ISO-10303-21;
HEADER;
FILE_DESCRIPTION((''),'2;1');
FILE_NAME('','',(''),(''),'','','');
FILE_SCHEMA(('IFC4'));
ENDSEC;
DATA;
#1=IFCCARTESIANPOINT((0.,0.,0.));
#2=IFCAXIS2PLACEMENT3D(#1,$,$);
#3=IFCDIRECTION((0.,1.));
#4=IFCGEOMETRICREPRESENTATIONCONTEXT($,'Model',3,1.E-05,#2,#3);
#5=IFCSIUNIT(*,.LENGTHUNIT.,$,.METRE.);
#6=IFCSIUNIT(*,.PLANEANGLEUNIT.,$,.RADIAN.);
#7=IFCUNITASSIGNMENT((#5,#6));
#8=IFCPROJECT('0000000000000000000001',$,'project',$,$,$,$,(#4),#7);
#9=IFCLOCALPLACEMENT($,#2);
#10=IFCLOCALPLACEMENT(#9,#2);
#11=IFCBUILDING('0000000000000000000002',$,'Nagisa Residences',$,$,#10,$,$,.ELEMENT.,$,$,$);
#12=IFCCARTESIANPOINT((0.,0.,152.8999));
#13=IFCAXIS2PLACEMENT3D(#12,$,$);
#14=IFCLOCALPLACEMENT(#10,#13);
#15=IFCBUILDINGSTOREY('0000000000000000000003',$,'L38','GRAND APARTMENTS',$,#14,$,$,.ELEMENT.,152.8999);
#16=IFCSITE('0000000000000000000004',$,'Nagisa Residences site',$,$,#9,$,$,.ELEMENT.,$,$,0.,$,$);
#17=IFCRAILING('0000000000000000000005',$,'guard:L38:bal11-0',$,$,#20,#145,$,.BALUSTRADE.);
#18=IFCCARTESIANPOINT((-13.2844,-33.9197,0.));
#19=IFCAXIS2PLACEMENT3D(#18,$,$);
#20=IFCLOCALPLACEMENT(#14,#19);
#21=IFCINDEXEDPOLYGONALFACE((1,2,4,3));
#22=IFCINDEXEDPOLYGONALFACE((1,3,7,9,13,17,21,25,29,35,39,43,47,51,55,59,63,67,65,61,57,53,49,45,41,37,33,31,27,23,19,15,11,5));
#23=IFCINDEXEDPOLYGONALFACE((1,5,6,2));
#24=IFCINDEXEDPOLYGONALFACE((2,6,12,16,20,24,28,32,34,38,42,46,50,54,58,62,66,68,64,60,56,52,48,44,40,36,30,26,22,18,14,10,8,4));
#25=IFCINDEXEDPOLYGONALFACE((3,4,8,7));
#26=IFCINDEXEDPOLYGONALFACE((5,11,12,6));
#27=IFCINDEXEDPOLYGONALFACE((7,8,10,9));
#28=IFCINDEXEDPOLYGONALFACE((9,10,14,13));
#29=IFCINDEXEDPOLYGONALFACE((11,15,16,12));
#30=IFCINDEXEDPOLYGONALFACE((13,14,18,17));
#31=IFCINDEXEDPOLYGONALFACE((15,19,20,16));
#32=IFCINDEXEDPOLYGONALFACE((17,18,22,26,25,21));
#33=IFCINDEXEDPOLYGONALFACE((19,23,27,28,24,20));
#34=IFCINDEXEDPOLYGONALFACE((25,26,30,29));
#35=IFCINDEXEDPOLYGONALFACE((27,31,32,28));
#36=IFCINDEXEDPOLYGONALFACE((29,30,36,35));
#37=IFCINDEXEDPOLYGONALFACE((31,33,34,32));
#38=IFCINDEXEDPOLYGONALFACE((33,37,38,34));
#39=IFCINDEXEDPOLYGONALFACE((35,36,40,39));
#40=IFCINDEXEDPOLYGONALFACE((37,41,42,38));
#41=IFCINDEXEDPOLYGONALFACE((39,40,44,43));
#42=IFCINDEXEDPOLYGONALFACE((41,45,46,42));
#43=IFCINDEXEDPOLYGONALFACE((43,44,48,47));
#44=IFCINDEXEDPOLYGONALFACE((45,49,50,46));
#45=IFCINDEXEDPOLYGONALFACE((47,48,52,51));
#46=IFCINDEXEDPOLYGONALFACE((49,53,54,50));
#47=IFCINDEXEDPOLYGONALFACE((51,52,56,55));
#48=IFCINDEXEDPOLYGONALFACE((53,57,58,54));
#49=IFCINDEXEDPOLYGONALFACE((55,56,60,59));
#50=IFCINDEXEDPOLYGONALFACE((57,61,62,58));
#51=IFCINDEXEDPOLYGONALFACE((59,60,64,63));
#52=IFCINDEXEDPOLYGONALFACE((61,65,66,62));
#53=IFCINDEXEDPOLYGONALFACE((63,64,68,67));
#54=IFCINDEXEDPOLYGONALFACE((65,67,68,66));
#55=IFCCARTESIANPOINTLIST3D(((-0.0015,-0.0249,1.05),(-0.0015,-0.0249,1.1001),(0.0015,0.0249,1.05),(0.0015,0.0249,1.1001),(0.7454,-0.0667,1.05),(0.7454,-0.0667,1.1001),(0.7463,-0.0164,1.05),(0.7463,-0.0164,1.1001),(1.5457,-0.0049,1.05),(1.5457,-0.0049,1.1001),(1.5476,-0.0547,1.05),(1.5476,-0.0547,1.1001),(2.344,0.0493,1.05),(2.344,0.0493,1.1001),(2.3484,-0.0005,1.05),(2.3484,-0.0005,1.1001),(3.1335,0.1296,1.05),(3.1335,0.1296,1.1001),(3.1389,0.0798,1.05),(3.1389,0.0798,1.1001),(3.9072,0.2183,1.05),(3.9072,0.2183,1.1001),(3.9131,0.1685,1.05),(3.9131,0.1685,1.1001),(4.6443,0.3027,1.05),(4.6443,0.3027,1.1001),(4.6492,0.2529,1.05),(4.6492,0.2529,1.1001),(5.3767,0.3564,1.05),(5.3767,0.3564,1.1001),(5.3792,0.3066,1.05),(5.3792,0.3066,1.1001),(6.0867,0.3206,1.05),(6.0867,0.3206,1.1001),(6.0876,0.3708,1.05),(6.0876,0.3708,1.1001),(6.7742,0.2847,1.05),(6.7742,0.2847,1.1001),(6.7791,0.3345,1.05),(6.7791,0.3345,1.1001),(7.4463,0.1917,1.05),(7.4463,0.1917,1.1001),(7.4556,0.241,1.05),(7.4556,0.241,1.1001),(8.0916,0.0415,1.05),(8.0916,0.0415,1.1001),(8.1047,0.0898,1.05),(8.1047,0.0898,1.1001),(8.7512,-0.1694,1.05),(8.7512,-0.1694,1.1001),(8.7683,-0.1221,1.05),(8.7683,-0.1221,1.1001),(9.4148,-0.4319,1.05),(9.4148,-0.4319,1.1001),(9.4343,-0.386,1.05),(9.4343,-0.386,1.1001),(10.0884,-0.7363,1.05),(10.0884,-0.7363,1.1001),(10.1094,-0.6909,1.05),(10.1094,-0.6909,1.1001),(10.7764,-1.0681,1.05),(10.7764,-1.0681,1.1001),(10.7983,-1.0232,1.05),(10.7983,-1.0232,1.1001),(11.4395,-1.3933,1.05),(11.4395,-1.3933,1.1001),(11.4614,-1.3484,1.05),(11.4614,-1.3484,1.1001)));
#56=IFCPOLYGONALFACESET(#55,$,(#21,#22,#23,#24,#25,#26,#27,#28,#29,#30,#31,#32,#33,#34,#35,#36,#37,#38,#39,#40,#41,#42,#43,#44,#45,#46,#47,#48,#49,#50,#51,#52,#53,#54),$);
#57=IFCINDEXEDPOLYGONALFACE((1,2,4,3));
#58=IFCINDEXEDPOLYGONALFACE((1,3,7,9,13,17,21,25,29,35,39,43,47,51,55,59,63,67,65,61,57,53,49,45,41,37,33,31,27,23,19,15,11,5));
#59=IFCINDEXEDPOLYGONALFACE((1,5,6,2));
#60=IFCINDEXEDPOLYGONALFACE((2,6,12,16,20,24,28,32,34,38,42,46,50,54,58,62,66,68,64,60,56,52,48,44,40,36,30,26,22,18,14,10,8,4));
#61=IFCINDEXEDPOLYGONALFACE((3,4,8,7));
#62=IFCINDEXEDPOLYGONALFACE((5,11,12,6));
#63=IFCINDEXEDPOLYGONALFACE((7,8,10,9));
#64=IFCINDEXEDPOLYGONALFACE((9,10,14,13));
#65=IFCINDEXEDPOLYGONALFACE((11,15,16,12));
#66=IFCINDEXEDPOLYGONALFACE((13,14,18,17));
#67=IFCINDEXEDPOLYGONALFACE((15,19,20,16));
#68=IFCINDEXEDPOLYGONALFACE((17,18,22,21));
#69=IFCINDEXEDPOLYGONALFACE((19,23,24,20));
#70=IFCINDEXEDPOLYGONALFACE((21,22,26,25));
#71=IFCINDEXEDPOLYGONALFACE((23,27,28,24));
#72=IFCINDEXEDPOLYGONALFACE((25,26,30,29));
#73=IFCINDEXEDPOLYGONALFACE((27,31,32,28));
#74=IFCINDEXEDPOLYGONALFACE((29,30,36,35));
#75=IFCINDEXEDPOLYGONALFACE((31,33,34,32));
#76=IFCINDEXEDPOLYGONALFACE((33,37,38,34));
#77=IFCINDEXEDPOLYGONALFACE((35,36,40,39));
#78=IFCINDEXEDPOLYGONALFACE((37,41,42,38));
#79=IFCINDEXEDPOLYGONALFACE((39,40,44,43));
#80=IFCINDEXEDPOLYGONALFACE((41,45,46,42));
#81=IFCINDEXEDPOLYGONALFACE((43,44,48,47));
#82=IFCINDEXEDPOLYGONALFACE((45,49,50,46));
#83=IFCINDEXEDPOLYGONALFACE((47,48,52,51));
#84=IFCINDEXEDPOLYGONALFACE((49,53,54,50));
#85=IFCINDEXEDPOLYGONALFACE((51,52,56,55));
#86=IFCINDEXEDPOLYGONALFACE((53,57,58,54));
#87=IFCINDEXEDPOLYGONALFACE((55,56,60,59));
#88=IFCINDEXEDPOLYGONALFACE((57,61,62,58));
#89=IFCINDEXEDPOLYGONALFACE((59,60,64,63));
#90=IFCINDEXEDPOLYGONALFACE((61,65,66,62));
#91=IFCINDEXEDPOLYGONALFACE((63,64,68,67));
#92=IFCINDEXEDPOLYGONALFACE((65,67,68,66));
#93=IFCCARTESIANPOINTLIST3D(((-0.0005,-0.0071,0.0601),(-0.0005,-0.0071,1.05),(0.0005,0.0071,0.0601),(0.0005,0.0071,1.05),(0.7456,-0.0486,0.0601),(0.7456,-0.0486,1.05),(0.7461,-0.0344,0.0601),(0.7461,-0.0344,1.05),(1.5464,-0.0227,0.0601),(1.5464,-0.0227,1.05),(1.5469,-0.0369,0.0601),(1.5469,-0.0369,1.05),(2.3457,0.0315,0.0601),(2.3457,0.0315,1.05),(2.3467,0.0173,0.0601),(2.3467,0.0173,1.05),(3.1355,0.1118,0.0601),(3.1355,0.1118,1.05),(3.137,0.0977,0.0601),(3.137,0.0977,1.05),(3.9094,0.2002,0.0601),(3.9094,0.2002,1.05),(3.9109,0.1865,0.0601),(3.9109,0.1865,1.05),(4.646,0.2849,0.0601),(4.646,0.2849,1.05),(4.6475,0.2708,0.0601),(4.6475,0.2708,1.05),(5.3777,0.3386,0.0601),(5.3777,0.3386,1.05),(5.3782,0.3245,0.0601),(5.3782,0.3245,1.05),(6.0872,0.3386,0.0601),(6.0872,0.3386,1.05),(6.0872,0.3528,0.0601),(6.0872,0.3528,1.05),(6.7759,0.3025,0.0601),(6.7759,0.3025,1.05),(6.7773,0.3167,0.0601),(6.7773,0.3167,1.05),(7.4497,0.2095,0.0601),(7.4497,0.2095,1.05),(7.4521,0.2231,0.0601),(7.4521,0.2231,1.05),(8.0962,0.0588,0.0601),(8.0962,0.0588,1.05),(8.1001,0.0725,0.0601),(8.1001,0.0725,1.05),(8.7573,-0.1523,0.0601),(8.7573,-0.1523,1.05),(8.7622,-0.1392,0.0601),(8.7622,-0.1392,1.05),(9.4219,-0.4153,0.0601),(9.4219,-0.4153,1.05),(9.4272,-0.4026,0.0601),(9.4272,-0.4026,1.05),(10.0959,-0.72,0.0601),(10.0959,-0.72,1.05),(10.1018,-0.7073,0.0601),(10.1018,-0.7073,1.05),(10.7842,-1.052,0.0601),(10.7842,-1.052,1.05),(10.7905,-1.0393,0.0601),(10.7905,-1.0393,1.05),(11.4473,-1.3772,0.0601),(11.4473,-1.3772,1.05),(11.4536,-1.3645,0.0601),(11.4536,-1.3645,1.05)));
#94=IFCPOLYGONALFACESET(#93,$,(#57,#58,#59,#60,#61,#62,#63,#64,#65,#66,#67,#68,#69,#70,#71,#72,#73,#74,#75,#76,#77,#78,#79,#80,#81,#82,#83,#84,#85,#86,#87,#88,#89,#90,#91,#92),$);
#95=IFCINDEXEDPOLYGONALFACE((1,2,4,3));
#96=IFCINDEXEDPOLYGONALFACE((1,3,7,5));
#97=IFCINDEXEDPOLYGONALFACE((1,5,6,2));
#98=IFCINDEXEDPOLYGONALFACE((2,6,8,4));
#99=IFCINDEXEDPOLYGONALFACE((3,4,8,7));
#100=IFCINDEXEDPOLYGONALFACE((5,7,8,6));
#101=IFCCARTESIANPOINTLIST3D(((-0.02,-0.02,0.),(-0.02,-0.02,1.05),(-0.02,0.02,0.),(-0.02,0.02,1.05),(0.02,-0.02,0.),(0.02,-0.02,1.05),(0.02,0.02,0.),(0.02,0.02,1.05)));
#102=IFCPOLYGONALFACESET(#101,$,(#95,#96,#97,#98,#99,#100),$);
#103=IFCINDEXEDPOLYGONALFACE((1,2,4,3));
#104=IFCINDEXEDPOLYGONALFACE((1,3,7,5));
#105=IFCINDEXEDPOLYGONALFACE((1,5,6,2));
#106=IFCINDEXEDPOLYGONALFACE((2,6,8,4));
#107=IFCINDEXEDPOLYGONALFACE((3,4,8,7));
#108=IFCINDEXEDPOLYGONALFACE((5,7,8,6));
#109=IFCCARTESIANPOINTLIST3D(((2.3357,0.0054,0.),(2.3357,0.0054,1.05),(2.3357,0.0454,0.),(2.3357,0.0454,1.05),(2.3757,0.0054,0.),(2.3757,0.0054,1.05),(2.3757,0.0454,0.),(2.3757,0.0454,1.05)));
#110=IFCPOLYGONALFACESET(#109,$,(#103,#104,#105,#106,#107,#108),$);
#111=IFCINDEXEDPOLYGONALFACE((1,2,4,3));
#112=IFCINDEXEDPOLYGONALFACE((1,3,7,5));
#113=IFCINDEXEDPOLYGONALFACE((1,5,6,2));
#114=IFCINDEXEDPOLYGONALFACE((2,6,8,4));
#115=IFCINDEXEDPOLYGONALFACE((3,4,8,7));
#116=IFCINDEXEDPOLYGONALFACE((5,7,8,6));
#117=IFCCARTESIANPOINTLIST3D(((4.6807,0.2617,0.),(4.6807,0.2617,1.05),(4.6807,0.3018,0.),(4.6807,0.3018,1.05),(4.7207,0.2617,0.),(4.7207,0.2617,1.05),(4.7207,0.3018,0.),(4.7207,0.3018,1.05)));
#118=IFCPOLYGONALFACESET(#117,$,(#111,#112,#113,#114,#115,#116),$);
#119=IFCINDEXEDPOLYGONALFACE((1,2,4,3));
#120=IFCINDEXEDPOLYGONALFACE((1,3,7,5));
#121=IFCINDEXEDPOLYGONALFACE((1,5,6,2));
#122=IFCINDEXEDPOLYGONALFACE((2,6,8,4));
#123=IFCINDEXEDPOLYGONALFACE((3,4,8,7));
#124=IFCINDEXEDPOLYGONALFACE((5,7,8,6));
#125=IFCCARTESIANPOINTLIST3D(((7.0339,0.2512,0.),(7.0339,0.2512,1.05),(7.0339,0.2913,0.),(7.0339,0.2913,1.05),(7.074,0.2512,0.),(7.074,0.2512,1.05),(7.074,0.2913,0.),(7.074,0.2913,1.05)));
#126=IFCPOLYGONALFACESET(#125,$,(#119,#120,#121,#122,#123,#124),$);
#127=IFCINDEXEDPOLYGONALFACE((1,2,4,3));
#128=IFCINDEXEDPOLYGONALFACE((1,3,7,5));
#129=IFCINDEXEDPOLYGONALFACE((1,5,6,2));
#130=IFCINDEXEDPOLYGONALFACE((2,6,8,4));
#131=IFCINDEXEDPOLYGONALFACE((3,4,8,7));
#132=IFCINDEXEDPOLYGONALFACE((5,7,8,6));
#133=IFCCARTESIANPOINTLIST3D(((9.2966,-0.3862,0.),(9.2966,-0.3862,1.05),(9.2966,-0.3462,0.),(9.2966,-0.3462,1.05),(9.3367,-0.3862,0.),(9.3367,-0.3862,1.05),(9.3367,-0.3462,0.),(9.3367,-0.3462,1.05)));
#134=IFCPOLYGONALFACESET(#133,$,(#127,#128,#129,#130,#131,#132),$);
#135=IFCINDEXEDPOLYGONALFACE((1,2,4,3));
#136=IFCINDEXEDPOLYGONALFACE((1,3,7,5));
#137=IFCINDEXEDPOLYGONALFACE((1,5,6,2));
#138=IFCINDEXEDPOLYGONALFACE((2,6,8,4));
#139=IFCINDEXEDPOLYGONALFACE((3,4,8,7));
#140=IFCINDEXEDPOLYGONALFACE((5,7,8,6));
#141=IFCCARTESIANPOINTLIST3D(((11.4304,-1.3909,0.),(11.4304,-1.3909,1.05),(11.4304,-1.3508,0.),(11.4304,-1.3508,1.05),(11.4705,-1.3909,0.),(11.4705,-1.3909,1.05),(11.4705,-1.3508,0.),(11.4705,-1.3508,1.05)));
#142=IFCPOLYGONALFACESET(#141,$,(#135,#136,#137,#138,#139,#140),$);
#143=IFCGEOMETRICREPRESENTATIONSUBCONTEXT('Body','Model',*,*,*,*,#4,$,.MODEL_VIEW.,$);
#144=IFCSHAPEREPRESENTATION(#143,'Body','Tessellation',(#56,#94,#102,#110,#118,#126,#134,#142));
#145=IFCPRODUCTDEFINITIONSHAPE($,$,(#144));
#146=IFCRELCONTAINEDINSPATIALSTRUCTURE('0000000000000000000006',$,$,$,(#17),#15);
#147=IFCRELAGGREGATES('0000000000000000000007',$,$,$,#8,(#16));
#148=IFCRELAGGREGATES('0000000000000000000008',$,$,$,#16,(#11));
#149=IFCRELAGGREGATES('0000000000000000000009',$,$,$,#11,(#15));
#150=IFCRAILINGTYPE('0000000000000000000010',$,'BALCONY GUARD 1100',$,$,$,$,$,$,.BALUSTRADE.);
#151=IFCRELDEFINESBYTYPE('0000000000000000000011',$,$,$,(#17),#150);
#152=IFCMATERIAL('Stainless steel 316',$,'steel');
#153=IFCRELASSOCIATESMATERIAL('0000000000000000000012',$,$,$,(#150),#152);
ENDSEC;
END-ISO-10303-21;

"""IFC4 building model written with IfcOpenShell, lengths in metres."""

from ifc_helpers import new_model, si_unit, direction, frame, origin, origin_2d, place, context, subcontext, project, spatial, polyline, rectangle, outline, extrude, material, type_object, element, save


model = new_model("IFC4")

# Units and contexts
model_context = context("Model", 3, precision=1e-05, world=origin(), true_north=direction((0.0, 1.0)))
body_context = subcontext(model_context, "Body", "Model", "MODEL_VIEW")
ifc_project = project(units=[si_unit("LENGTHUNIT", "METRE"), si_unit("PLANEANGLEUNIT", "RADIAN")], contexts=[model_context])

# Site, building, storey
site_placement = place(None, origin())
site = spatial("IfcSite", under=ifc_project, at=site_placement, Name="Nagisa Residences site", CompositionType="ELEMENT", RefElevation=0.0)
building_placement = place(site_placement, origin())
building = spatial("IfcBuilding", under=site, at=building_placement, Name="Nagisa Residences", CompositionType="ELEMENT")
storey_placement = place(building_placement, frame((0.0, 0.0, 152.8999)))
storey = spatial("IfcBuildingStorey", under=building, at=storey_placement, Name="L38", Description="GRAND APARTMENTS", CompositionType="ELEMENT", Elevation=152.8999)

# Railing
ifc_material_1 = material(Name="Stainless steel 316", Category="steel")
railing_type = type_object("IfcRailingType", Name="BALCONY GUARD 1100", PredefinedType="BALUSTRADE", material=ifc_material_1)
railing_1_placement = place(storey_placement, frame((-13.2844, -33.9197, 0.0)))
element("IfcRailing", 1, at=railing_1_placement, inside=storey, type_object=railing_type, Name="guard:L38:bal11-0", PredefinedType="BALUSTRADE", context=body_context, shape_type="SweptSolid", body=[
    extrude(outline(polyline([(0.7463, -0.0164), (0.0015, 0.0249), (-0.0015, -0.0249), (0.7454, -0.0667), (1.5476, -0.0547), (2.3484, -0.0005), (3.1389, 0.0798), (3.9131, 0.1685), (4.6492, 0.2529), (5.3792, 0.3066), (6.0867, 0.3206), (6.7742, 0.2847), (7.4463, 0.1917), (8.0916, 0.0415), (8.7512, -0.1694), (9.4148, -0.4319), (10.0884, -0.7363), (10.7764, -1.0681), (11.4395, -1.3933), (11.4614, -1.3484), (10.7983, -1.0232), (10.1094, -0.6909), (9.4343, -0.386), (8.7683, -0.1221), (8.1047, 0.0898), (7.4556, 0.241), (6.7791, 0.3345), (6.0876, 0.3708), (5.3767, 0.3564), (4.6443, 0.3027), (3.9072, 0.2183), (3.1335, 0.1296), (2.344, 0.0493), (1.5457, -0.0049), (0.7463, -0.0164)])), frame((0.0, 0.0, 1.05)), (0.0, 0.0, 1.0), 0.05),
    extrude(outline(polyline([(0.7461, -0.0344), (0.0005, 0.0071), (-0.0005, -0.0071), (0.7456, -0.0486), (1.5469, -0.0369), (2.3467, 0.0173), (3.137, 0.0977), (3.9109, 0.1865), (4.6475, 0.2708), (5.3782, 0.3245), (6.0872, 0.3386), (6.7759, 0.3025), (7.4497, 0.2095), (8.0962, 0.0588), (8.7573, -0.1523), (9.4219, -0.4153), (10.0959, -0.72), (10.7842, -1.052), (11.4473, -1.3772), (11.4536, -1.3645), (10.7905, -1.0393), (10.1018, -0.7073), (9.4272, -0.4026), (8.7622, -0.1392), (8.1001, 0.0725), (7.4521, 0.2231), (6.7773, 0.3167), (6.0872, 0.3528), (5.3777, 0.3386), (4.646, 0.2849), (3.9094, 0.2002), (3.1355, 0.1118), (2.3457, 0.0315), (1.5464, -0.0227), (0.7461, -0.0344)])), frame((0.0, 0.0, 0.0601)), (0.0, 0.0, 1.0), 0.99),
    extrude(rectangle(XDim=0.04, YDim=0.04, at=origin_2d()), origin(), (0.0, 0.0, 1.0), 1.05),
    extrude(rectangle(XDim=0.04, YDim=0.04, at=origin_2d()), frame((2.3557, 0.0254, 0.0)), (0.0, 0.0, 1.0), 1.05),
    extrude(rectangle(XDim=0.04, YDim=0.04, at=origin_2d()), frame((4.7007, 0.2817, 0.0)), (0.0, 0.0, 1.0), 1.05),
    extrude(rectangle(XDim=0.04, YDim=0.04, at=origin_2d()), frame((7.054, 0.2712, 0.0)), (0.0, 0.0, 1.0), 1.05),
    extrude(rectangle(XDim=0.04, YDim=0.04, at=origin_2d()), frame((9.3167, -0.3662, 0.0)), (0.0, 0.0, 1.0), 1.05),
    extrude(rectangle(XDim=0.04, YDim=0.04, at=origin_2d()), frame((11.4504, -1.3708, 0.0)), (0.0, 0.0, 1.0), 1.05),
])

save(model, "model.ifc")
